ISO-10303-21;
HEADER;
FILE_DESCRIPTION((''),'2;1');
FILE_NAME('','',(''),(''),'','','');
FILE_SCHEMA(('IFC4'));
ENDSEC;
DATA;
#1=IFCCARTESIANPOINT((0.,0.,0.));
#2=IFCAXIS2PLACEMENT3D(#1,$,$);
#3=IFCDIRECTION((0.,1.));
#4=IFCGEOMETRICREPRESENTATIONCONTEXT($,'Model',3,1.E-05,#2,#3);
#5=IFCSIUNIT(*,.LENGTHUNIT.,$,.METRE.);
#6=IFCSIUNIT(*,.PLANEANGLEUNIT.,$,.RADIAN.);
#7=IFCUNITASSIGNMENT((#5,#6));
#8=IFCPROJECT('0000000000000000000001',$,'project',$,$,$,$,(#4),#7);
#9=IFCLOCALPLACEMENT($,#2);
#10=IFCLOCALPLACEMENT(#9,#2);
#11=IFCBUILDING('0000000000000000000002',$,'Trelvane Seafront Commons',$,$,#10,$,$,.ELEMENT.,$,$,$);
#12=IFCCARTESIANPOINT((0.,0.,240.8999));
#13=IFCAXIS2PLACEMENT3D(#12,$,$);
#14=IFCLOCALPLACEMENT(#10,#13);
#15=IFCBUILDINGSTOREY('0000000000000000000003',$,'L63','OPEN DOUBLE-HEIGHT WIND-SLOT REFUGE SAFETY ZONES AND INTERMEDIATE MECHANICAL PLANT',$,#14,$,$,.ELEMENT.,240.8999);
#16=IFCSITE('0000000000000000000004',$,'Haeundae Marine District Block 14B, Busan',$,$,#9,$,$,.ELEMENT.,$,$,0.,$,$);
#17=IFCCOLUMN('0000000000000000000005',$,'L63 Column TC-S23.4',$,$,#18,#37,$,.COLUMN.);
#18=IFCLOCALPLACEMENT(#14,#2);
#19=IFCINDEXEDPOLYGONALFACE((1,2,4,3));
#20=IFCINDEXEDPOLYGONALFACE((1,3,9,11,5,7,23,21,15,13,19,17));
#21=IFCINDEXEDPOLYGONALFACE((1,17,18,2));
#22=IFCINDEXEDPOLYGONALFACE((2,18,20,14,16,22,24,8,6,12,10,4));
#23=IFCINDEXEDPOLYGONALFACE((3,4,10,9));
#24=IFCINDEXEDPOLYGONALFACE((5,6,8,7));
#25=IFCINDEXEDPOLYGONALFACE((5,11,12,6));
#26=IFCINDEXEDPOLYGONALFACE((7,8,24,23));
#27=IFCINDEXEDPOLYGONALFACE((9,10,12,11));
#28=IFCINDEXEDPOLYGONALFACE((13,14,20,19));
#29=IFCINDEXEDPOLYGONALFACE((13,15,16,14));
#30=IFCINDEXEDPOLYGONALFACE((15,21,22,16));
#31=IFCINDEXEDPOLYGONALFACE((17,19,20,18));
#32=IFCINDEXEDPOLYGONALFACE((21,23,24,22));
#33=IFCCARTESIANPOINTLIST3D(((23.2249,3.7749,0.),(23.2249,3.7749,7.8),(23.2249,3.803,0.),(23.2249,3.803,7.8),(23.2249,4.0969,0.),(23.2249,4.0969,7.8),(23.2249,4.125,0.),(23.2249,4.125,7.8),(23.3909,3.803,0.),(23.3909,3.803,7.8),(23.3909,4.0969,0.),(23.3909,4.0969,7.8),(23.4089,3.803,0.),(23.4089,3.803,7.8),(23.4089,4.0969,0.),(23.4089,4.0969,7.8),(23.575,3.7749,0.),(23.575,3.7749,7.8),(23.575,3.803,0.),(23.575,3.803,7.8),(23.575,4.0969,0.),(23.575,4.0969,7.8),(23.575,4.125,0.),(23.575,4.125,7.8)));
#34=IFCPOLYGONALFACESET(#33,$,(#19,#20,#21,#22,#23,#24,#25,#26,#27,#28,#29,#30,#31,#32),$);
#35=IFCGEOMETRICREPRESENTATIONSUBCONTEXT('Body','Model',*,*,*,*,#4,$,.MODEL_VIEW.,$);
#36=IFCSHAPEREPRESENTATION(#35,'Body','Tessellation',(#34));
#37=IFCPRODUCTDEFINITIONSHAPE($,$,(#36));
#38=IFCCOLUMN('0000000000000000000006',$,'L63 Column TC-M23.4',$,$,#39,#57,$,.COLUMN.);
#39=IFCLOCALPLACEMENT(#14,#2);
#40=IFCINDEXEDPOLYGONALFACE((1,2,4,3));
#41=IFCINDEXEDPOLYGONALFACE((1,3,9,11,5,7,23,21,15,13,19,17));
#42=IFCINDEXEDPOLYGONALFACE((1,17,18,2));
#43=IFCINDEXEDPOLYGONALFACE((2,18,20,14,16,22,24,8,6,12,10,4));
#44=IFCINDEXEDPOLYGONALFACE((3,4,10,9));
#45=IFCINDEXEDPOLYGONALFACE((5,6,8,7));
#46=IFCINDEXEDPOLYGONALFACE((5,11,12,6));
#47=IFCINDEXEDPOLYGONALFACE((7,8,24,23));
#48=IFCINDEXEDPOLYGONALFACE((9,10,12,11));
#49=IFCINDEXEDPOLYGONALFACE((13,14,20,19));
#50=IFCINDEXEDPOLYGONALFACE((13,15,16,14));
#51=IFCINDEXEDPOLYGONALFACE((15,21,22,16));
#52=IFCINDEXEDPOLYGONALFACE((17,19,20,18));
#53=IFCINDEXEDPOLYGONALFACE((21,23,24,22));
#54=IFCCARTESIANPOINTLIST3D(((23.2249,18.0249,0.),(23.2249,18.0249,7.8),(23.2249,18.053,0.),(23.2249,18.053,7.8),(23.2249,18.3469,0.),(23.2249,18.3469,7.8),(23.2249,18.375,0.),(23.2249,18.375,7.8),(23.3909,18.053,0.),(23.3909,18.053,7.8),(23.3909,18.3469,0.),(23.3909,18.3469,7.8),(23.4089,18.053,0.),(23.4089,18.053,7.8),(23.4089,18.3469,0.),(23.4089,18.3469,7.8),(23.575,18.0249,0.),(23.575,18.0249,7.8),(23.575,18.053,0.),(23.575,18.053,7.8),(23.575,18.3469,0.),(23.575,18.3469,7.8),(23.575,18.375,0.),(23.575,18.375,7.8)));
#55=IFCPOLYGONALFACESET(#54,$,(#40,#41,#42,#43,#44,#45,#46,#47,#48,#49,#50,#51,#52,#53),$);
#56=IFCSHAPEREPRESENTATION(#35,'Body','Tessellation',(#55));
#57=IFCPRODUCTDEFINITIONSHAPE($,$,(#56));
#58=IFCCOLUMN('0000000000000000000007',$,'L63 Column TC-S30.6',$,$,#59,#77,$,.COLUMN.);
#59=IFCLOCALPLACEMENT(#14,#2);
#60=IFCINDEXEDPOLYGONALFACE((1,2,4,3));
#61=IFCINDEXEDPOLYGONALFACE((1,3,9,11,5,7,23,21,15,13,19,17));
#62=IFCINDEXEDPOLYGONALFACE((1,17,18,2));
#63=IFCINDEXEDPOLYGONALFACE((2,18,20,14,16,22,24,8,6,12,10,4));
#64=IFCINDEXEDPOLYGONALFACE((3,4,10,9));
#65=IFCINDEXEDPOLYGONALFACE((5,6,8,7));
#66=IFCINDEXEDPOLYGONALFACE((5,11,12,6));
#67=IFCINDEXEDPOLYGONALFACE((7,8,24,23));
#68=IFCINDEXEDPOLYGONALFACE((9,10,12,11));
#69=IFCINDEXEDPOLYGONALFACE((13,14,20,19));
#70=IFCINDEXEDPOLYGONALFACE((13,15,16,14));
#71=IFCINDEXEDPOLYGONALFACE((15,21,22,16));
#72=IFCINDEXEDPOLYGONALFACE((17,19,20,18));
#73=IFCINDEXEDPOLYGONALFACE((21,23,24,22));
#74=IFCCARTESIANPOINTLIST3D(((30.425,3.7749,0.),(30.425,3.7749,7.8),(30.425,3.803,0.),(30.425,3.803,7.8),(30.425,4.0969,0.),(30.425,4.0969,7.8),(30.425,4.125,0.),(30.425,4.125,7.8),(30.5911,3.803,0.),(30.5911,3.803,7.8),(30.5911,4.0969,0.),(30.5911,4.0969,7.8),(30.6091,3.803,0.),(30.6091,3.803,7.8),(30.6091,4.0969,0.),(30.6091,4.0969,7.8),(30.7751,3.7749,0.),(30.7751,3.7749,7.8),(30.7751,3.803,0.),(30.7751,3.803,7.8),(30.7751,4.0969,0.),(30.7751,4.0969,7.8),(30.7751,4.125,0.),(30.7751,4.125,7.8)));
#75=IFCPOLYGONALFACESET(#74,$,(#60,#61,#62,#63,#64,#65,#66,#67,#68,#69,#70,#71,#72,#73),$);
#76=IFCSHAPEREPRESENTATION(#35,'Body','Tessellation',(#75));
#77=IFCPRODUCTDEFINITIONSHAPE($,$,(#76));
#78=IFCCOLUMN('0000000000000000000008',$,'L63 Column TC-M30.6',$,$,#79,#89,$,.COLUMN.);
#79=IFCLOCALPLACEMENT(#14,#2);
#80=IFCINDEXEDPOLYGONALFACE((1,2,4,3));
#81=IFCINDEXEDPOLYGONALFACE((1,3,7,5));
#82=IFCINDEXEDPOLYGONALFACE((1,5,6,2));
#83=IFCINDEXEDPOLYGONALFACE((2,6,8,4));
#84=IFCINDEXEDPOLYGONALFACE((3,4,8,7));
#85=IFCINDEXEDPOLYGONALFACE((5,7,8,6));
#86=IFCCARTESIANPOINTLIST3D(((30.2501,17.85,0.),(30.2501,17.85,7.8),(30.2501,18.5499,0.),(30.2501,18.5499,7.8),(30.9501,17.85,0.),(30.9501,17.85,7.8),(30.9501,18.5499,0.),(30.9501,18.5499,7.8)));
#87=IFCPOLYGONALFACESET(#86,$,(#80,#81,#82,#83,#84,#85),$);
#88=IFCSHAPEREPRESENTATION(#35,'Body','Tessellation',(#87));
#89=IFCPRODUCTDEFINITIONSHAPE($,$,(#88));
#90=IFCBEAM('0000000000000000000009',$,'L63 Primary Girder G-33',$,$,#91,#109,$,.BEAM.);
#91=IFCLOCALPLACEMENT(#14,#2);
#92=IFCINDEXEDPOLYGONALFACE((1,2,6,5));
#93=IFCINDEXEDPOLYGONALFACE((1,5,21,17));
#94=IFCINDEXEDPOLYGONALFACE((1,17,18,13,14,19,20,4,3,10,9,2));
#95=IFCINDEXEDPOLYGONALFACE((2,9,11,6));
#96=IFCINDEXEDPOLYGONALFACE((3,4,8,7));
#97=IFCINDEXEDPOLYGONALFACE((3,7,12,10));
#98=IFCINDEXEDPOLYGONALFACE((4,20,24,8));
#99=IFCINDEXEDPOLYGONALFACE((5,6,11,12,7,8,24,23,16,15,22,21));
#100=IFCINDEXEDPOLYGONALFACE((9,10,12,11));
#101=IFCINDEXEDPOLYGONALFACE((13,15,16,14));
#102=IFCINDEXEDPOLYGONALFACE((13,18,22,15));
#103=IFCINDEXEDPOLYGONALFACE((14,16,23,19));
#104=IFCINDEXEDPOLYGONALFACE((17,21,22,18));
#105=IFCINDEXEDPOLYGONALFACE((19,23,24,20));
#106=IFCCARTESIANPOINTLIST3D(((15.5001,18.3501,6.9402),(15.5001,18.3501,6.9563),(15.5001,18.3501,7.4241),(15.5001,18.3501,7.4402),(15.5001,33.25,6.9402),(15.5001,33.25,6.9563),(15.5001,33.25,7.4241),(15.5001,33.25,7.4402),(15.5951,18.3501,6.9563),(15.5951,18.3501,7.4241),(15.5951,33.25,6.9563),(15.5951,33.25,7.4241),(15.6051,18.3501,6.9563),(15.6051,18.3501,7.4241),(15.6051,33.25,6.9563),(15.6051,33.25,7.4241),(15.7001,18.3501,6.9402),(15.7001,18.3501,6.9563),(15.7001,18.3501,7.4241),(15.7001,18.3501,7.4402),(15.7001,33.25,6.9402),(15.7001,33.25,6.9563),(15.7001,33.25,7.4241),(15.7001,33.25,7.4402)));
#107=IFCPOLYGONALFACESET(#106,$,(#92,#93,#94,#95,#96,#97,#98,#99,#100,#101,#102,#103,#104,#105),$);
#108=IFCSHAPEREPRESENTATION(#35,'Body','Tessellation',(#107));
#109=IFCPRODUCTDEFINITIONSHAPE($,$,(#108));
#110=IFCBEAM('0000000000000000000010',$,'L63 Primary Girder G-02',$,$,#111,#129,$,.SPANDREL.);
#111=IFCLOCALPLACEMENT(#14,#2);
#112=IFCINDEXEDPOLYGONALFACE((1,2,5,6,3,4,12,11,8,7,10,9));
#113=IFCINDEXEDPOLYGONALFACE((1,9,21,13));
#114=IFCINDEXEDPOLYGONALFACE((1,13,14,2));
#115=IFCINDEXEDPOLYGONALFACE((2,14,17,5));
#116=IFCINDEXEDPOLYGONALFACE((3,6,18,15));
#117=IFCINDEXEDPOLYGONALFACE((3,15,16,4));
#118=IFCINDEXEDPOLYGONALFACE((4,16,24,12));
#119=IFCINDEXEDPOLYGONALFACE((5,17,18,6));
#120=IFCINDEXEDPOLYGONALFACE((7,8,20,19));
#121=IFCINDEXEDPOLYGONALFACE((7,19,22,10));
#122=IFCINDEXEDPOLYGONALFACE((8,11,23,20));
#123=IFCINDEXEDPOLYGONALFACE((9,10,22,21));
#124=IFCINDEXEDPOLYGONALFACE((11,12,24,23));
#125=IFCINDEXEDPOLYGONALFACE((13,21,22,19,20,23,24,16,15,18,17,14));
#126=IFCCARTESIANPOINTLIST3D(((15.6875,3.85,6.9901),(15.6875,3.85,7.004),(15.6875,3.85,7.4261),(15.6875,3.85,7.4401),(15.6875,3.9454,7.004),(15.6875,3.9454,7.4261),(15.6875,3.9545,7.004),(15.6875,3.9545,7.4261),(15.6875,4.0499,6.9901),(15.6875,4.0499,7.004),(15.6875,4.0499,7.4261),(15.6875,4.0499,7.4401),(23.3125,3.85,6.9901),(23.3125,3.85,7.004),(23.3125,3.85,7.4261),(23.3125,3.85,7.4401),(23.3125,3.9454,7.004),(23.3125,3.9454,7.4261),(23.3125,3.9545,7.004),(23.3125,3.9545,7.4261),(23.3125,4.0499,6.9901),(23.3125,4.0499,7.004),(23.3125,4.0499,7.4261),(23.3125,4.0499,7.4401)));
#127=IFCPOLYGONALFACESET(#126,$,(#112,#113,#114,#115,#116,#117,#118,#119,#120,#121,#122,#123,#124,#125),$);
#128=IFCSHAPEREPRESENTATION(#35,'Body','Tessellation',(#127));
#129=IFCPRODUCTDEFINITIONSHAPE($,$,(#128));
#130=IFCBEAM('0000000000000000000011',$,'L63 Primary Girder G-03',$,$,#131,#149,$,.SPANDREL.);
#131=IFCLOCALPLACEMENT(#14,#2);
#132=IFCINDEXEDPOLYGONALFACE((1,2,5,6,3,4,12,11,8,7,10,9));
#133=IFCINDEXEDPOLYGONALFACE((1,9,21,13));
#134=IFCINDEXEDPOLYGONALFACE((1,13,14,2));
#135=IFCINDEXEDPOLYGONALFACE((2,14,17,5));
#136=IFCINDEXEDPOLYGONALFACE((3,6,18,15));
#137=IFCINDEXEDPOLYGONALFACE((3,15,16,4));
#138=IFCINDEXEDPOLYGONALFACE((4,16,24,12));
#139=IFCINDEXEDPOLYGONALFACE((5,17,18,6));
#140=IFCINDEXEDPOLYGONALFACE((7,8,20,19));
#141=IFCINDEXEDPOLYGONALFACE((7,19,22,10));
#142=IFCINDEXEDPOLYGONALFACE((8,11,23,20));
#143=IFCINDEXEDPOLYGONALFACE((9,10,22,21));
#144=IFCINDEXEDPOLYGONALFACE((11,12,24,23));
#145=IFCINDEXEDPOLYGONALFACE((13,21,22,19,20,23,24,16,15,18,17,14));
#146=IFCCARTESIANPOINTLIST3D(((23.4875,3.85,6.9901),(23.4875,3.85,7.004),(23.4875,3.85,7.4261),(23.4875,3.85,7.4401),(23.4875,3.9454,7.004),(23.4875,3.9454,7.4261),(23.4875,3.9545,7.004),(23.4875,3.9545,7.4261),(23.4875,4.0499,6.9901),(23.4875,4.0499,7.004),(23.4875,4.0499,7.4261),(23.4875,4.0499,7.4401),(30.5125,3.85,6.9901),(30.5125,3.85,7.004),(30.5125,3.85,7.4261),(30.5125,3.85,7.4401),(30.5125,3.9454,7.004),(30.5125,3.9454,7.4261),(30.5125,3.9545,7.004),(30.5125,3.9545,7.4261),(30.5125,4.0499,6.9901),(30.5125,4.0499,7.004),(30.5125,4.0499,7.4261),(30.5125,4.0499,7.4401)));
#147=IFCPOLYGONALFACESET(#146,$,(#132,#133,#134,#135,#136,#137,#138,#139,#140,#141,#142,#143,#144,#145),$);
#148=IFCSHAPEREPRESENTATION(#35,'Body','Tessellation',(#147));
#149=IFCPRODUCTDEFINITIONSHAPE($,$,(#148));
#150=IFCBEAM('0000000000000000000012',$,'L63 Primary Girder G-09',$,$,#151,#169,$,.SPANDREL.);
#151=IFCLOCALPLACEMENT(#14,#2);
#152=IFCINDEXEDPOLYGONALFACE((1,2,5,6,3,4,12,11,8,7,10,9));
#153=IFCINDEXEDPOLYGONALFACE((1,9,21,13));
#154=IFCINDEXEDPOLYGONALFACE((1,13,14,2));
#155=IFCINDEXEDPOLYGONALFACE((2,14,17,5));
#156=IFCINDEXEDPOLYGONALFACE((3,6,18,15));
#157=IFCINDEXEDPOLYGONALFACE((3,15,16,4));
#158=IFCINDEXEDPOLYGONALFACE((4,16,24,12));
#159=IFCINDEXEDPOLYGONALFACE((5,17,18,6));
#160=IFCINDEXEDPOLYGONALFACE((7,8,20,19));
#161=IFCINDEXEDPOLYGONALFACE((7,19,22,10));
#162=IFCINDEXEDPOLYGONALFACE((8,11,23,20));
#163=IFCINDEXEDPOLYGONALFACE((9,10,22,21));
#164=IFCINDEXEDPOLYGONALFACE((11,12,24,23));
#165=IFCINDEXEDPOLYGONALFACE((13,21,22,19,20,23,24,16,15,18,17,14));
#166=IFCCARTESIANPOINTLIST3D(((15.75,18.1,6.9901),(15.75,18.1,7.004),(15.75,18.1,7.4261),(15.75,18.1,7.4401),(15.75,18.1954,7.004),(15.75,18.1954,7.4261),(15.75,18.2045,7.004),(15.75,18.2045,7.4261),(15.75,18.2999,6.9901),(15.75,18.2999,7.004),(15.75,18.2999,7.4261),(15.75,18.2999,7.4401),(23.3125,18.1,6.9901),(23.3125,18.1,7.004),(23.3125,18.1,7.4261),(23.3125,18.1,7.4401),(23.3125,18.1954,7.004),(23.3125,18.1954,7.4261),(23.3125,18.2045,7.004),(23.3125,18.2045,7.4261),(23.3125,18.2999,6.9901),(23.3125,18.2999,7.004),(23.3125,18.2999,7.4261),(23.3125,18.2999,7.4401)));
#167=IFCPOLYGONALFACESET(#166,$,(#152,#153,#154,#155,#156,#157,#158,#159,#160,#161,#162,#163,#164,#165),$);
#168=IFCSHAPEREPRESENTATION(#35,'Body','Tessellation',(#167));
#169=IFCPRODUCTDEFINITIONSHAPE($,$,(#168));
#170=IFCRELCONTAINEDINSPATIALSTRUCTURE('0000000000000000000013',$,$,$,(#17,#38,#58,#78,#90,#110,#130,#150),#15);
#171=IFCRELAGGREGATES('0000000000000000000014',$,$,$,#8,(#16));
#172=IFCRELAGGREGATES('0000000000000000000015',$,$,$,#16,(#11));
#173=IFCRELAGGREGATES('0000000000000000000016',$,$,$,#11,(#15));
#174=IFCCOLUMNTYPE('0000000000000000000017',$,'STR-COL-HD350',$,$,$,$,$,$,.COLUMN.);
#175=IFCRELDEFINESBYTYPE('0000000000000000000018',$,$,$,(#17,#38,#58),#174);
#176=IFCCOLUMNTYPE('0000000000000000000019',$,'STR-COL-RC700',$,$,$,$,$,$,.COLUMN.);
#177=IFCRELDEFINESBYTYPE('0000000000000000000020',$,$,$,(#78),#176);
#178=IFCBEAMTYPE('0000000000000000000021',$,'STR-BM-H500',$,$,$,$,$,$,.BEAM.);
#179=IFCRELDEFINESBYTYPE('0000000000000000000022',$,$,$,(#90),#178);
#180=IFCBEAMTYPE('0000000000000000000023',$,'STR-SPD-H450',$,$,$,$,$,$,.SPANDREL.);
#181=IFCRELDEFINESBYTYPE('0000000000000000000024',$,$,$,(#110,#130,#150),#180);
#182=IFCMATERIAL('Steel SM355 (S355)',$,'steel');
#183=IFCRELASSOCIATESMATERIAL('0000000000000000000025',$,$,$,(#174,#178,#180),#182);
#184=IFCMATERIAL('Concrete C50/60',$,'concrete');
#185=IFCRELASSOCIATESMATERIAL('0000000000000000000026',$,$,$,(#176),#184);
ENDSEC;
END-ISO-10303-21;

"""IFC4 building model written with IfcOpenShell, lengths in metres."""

from ifc_helpers import new_model, si_unit, direction, frame, origin, origin_2d, place, context, subcontext, project, spatial, rectangle, i_section, extrude, source, transform, mapped, material, material_profile, profile_set, type_object, element, save


model = new_model("IFC4")

# Units and contexts
model_context = context("Model", 3, precision=1e-05, world=origin(), true_north=direction((0.0, 1.0)))
body_context = subcontext(model_context, "Body", "Model", "MODEL_VIEW")
ifc_project = project(units=[si_unit("LENGTHUNIT", "METRE"), si_unit("PLANEANGLEUNIT", "RADIAN")], contexts=[model_context])

# Site, building, storey
site_placement = place(None, origin())
site = spatial("IfcSite", under=ifc_project, at=site_placement, Name="Haeundae Marine District Block 14B, Busan", CompositionType="ELEMENT", RefElevation=0.0)
building_placement = place(site_placement, origin())
building = spatial("IfcBuilding", under=site, at=building_placement, Name="Trelvane Seafront Commons", CompositionType="ELEMENT")
storey_placement = place(building_placement, frame((0.0, 0.0, 240.8999)))
storey = spatial("IfcBuildingStorey", under=building, at=storey_placement, Name="L63", Description="OPEN DOUBLE-HEIGHT WIND-SLOT REFUGE SAFETY ZONES AND INTERMEDIATE MECHANICAL PLANT", CompositionType="ELEMENT", Elevation=240.8999)

# Columns
ifc_material_1 = material(Name="Steel SM355 (S355)", Category="steel")
ifc_material_profile_1 = material_profile(ifc_material_1, i_section(OverallWidth=0.3501, OverallDepth=0.3501, WebThickness=0.0181, FlangeThickness=0.0281, at=origin_2d()), Name="HD-350x350x18x28")
ifc_profile_set_1 = profile_set([ifc_material_profile_1], Name="Steel SM355 (S355)")
column_type_1 = type_object("IfcColumnType", Name="STR-COL-HD350", PredefinedType="COLUMN", material=ifc_profile_set_1)
shared_shape_1 = source(origin(), body_context, "Body", "SweptSolid", [
    extrude(i_section(OverallWidth=0.3501, OverallDepth=0.3501, WebThickness=0.0181, FlangeThickness=0.0281, at=origin_2d()), origin(), (0.0, 0.0, 1.0), 7.8),
])
for number, where, z_axis, x_axis, name in (
    (1, (23.3999, 3.95, 0.0), (0.0, 0.0, 1.0), (1.0, 0.0, 0.0), "L63 Column TC-S23.4"),
    (2, (23.3999, 18.2, 0.0), (0.0, 0.0, 1.0), (1.0, 0.0, 0.0), "L63 Column TC-M23.4"),
    (3, (30.6001, 3.95, 0.0), (0.0, 0.0, 1.0), (1.0, 0.0, 0.0), "L63 Column TC-S30.6"),
):
    element("IfcColumn", number, at=place(storey_placement, frame(where, z_axis=z_axis, x_axis=x_axis)), inside=storey, type_object=column_type_1, Name=name, PredefinedType="COLUMN", context=body_context, shape_type="MappedRepresentation", body=[
        mapped(shared_shape_1, transform((0.0, 0.0, 0.0), x_axis=(1.0, 0.0, 0.0), y_axis=(0.0, 1.0, 0.0), z_axis=(0.0, 0.0, 1.0), scale=1.0)),
    ])
ifc_material_2 = material(Name="Concrete C50/60", Category="concrete")
ifc_material_profile_2 = material_profile(ifc_material_2, rectangle(XDim=0.7, YDim=0.7, at=origin_2d()), Name="RC-700x700")
ifc_profile_set_2 = profile_set([ifc_material_profile_2], Name="Concrete C50/60")
column_type_2 = type_object("IfcColumnType", Name="STR-COL-RC700", PredefinedType="COLUMN", material=ifc_profile_set_2)
shared_shape_2 = source(origin(), body_context, "Body", "SweptSolid", [
    extrude(rectangle(XDim=0.7, YDim=0.7, at=origin_2d()), origin(), (0.0, 0.0, 1.0), 7.8),
])
column_placement = place(storey_placement, frame((30.6001, 18.2, 0.0), z_axis=(0.0, 0.0, 1.0), x_axis=(1.0, 0.0, 0.0)))
element("IfcColumn", 4, at=column_placement, inside=storey, type_object=column_type_2, Name="L63 Column TC-M30.6", PredefinedType="COLUMN", context=body_context, shape_type="MappedRepresentation", body=[
    mapped(shared_shape_2, transform((0.0, 0.0, 0.0), x_axis=(1.0, 0.0, 0.0), y_axis=(0.0, 1.0, 0.0), z_axis=(0.0, 0.0, 1.0), scale=1.0)),
])

# Beams
ifc_material_profile_3 = material_profile(ifc_material_1, i_section(OverallWidth=0.2, OverallDepth=0.5, WebThickness=0.01, FlangeThickness=0.0161, at=origin_2d()), Name="H-500x200x10x16")
ifc_profile_set_3 = profile_set([ifc_material_profile_3], Name="Steel SM355 (S355)")
beam_type_1 = type_object("IfcBeamType", Name="STR-BM-H500", PredefinedType="BEAM", material=ifc_profile_set_3)
shared_shape_3 = source(origin(), body_context, "Body", "SweptSolid", [
    extrude(i_section(OverallWidth=0.2, OverallDepth=0.5, WebThickness=0.01, FlangeThickness=0.0161, at=origin_2d()), origin(), (0.0, 0.0, 1.0), 14.8999),
])
beam_1_placement = place(storey_placement, frame((15.6001, 18.3501, 7.1902), z_axis=(0.0, 1.0, 0.0), x_axis=(-1.0, 0.0, 0.0)))
element("IfcBeam", 5, at=beam_1_placement, inside=storey, type_object=beam_type_1, Name="L63 Primary Girder G-33", PredefinedType="BEAM", context=body_context, shape_type="MappedRepresentation", body=[
    mapped(shared_shape_3, transform((0.0, 0.0, 0.0), x_axis=(1.0, 0.0, 0.0), y_axis=(0.0, 1.0, 0.0), z_axis=(0.0, 0.0, 1.0), scale=1.0)),
])
ifc_material_profile_4 = material_profile(ifc_material_1, i_section(OverallWidth=0.2, OverallDepth=0.45, WebThickness=0.009, FlangeThickness=0.0139, at=origin_2d()), Name="H-450x200x9x14")
ifc_profile_set_4 = profile_set([ifc_material_profile_4], Name="Steel SM355 (S355)")
beam_type_2 = type_object("IfcBeamType", Name="STR-SPD-H450", PredefinedType="SPANDREL", material=ifc_profile_set_4)
shared_shape_4 = source(origin(), body_context, "Body", "SweptSolid", [
    extrude(i_section(OverallWidth=0.2, OverallDepth=0.45, WebThickness=0.009, FlangeThickness=0.0139, at=origin_2d()), origin(), (0.0, 0.0, 1.0), 7.625),
])
beam_2_placement = place(storey_placement, frame((15.6875, 3.95, 7.2151), z_axis=(1.0, 0.0, 0.0), x_axis=(0.0, 1.0, 0.0)))
element("IfcBeam", 6, at=beam_2_placement, inside=storey, type_object=beam_type_2, Name="L63 Primary Girder G-02", PredefinedType="SPANDREL", context=body_context, shape_type="MappedRepresentation", body=[
    mapped(shared_shape_4, transform((0.0, 0.0, 0.0), x_axis=(1.0, 0.0, 0.0), y_axis=(0.0, 1.0, 0.0), z_axis=(0.0, 0.0, 1.0), scale=1.0)),
])
shared_shape_5 = source(origin(), body_context, "Body", "SweptSolid", [
    extrude(i_section(OverallWidth=0.2, OverallDepth=0.45, WebThickness=0.009, FlangeThickness=0.0139, at=origin_2d()), origin(), (0.0, 0.0, 1.0), 7.0249),
])
beam_3_placement = place(storey_placement, frame((23.4875, 3.95, 7.2151), z_axis=(1.0, 0.0, 0.0), x_axis=(0.0, 1.0, 0.0)))
element("IfcBeam", 7, at=beam_3_placement, inside=storey, type_object=beam_type_2, Name="L63 Primary Girder G-03", PredefinedType="SPANDREL", context=body_context, shape_type="MappedRepresentation", body=[
    mapped(shared_shape_5, transform((0.0, 0.0, 0.0), x_axis=(1.0, 0.0, 0.0), y_axis=(0.0, 1.0, 0.0), z_axis=(0.0, 0.0, 1.0), scale=1.0)),
])
shared_shape_6 = source(origin(), body_context, "Body", "SweptSolid", [
    extrude(i_section(OverallWidth=0.2, OverallDepth=0.45, WebThickness=0.009, FlangeThickness=0.0139, at=origin_2d()), origin(), (0.0, 0.0, 1.0), 7.5625),
])
beam_4_placement = place(storey_placement, frame((15.75, 18.2, 7.2151), z_axis=(1.0, 0.0, 0.0), x_axis=(0.0, 1.0, 0.0)))
element("IfcBeam", 8, at=beam_4_placement, inside=storey, type_object=beam_type_2, Name="L63 Primary Girder G-09", PredefinedType="SPANDREL", context=body_context, shape_type="MappedRepresentation", body=[
    mapped(shared_shape_6, transform((0.0, 0.0, 0.0), x_axis=(1.0, 0.0, 0.0), y_axis=(0.0, 1.0, 0.0), z_axis=(0.0, 0.0, 1.0), scale=1.0)),
])

save(model, "model.ifc")
